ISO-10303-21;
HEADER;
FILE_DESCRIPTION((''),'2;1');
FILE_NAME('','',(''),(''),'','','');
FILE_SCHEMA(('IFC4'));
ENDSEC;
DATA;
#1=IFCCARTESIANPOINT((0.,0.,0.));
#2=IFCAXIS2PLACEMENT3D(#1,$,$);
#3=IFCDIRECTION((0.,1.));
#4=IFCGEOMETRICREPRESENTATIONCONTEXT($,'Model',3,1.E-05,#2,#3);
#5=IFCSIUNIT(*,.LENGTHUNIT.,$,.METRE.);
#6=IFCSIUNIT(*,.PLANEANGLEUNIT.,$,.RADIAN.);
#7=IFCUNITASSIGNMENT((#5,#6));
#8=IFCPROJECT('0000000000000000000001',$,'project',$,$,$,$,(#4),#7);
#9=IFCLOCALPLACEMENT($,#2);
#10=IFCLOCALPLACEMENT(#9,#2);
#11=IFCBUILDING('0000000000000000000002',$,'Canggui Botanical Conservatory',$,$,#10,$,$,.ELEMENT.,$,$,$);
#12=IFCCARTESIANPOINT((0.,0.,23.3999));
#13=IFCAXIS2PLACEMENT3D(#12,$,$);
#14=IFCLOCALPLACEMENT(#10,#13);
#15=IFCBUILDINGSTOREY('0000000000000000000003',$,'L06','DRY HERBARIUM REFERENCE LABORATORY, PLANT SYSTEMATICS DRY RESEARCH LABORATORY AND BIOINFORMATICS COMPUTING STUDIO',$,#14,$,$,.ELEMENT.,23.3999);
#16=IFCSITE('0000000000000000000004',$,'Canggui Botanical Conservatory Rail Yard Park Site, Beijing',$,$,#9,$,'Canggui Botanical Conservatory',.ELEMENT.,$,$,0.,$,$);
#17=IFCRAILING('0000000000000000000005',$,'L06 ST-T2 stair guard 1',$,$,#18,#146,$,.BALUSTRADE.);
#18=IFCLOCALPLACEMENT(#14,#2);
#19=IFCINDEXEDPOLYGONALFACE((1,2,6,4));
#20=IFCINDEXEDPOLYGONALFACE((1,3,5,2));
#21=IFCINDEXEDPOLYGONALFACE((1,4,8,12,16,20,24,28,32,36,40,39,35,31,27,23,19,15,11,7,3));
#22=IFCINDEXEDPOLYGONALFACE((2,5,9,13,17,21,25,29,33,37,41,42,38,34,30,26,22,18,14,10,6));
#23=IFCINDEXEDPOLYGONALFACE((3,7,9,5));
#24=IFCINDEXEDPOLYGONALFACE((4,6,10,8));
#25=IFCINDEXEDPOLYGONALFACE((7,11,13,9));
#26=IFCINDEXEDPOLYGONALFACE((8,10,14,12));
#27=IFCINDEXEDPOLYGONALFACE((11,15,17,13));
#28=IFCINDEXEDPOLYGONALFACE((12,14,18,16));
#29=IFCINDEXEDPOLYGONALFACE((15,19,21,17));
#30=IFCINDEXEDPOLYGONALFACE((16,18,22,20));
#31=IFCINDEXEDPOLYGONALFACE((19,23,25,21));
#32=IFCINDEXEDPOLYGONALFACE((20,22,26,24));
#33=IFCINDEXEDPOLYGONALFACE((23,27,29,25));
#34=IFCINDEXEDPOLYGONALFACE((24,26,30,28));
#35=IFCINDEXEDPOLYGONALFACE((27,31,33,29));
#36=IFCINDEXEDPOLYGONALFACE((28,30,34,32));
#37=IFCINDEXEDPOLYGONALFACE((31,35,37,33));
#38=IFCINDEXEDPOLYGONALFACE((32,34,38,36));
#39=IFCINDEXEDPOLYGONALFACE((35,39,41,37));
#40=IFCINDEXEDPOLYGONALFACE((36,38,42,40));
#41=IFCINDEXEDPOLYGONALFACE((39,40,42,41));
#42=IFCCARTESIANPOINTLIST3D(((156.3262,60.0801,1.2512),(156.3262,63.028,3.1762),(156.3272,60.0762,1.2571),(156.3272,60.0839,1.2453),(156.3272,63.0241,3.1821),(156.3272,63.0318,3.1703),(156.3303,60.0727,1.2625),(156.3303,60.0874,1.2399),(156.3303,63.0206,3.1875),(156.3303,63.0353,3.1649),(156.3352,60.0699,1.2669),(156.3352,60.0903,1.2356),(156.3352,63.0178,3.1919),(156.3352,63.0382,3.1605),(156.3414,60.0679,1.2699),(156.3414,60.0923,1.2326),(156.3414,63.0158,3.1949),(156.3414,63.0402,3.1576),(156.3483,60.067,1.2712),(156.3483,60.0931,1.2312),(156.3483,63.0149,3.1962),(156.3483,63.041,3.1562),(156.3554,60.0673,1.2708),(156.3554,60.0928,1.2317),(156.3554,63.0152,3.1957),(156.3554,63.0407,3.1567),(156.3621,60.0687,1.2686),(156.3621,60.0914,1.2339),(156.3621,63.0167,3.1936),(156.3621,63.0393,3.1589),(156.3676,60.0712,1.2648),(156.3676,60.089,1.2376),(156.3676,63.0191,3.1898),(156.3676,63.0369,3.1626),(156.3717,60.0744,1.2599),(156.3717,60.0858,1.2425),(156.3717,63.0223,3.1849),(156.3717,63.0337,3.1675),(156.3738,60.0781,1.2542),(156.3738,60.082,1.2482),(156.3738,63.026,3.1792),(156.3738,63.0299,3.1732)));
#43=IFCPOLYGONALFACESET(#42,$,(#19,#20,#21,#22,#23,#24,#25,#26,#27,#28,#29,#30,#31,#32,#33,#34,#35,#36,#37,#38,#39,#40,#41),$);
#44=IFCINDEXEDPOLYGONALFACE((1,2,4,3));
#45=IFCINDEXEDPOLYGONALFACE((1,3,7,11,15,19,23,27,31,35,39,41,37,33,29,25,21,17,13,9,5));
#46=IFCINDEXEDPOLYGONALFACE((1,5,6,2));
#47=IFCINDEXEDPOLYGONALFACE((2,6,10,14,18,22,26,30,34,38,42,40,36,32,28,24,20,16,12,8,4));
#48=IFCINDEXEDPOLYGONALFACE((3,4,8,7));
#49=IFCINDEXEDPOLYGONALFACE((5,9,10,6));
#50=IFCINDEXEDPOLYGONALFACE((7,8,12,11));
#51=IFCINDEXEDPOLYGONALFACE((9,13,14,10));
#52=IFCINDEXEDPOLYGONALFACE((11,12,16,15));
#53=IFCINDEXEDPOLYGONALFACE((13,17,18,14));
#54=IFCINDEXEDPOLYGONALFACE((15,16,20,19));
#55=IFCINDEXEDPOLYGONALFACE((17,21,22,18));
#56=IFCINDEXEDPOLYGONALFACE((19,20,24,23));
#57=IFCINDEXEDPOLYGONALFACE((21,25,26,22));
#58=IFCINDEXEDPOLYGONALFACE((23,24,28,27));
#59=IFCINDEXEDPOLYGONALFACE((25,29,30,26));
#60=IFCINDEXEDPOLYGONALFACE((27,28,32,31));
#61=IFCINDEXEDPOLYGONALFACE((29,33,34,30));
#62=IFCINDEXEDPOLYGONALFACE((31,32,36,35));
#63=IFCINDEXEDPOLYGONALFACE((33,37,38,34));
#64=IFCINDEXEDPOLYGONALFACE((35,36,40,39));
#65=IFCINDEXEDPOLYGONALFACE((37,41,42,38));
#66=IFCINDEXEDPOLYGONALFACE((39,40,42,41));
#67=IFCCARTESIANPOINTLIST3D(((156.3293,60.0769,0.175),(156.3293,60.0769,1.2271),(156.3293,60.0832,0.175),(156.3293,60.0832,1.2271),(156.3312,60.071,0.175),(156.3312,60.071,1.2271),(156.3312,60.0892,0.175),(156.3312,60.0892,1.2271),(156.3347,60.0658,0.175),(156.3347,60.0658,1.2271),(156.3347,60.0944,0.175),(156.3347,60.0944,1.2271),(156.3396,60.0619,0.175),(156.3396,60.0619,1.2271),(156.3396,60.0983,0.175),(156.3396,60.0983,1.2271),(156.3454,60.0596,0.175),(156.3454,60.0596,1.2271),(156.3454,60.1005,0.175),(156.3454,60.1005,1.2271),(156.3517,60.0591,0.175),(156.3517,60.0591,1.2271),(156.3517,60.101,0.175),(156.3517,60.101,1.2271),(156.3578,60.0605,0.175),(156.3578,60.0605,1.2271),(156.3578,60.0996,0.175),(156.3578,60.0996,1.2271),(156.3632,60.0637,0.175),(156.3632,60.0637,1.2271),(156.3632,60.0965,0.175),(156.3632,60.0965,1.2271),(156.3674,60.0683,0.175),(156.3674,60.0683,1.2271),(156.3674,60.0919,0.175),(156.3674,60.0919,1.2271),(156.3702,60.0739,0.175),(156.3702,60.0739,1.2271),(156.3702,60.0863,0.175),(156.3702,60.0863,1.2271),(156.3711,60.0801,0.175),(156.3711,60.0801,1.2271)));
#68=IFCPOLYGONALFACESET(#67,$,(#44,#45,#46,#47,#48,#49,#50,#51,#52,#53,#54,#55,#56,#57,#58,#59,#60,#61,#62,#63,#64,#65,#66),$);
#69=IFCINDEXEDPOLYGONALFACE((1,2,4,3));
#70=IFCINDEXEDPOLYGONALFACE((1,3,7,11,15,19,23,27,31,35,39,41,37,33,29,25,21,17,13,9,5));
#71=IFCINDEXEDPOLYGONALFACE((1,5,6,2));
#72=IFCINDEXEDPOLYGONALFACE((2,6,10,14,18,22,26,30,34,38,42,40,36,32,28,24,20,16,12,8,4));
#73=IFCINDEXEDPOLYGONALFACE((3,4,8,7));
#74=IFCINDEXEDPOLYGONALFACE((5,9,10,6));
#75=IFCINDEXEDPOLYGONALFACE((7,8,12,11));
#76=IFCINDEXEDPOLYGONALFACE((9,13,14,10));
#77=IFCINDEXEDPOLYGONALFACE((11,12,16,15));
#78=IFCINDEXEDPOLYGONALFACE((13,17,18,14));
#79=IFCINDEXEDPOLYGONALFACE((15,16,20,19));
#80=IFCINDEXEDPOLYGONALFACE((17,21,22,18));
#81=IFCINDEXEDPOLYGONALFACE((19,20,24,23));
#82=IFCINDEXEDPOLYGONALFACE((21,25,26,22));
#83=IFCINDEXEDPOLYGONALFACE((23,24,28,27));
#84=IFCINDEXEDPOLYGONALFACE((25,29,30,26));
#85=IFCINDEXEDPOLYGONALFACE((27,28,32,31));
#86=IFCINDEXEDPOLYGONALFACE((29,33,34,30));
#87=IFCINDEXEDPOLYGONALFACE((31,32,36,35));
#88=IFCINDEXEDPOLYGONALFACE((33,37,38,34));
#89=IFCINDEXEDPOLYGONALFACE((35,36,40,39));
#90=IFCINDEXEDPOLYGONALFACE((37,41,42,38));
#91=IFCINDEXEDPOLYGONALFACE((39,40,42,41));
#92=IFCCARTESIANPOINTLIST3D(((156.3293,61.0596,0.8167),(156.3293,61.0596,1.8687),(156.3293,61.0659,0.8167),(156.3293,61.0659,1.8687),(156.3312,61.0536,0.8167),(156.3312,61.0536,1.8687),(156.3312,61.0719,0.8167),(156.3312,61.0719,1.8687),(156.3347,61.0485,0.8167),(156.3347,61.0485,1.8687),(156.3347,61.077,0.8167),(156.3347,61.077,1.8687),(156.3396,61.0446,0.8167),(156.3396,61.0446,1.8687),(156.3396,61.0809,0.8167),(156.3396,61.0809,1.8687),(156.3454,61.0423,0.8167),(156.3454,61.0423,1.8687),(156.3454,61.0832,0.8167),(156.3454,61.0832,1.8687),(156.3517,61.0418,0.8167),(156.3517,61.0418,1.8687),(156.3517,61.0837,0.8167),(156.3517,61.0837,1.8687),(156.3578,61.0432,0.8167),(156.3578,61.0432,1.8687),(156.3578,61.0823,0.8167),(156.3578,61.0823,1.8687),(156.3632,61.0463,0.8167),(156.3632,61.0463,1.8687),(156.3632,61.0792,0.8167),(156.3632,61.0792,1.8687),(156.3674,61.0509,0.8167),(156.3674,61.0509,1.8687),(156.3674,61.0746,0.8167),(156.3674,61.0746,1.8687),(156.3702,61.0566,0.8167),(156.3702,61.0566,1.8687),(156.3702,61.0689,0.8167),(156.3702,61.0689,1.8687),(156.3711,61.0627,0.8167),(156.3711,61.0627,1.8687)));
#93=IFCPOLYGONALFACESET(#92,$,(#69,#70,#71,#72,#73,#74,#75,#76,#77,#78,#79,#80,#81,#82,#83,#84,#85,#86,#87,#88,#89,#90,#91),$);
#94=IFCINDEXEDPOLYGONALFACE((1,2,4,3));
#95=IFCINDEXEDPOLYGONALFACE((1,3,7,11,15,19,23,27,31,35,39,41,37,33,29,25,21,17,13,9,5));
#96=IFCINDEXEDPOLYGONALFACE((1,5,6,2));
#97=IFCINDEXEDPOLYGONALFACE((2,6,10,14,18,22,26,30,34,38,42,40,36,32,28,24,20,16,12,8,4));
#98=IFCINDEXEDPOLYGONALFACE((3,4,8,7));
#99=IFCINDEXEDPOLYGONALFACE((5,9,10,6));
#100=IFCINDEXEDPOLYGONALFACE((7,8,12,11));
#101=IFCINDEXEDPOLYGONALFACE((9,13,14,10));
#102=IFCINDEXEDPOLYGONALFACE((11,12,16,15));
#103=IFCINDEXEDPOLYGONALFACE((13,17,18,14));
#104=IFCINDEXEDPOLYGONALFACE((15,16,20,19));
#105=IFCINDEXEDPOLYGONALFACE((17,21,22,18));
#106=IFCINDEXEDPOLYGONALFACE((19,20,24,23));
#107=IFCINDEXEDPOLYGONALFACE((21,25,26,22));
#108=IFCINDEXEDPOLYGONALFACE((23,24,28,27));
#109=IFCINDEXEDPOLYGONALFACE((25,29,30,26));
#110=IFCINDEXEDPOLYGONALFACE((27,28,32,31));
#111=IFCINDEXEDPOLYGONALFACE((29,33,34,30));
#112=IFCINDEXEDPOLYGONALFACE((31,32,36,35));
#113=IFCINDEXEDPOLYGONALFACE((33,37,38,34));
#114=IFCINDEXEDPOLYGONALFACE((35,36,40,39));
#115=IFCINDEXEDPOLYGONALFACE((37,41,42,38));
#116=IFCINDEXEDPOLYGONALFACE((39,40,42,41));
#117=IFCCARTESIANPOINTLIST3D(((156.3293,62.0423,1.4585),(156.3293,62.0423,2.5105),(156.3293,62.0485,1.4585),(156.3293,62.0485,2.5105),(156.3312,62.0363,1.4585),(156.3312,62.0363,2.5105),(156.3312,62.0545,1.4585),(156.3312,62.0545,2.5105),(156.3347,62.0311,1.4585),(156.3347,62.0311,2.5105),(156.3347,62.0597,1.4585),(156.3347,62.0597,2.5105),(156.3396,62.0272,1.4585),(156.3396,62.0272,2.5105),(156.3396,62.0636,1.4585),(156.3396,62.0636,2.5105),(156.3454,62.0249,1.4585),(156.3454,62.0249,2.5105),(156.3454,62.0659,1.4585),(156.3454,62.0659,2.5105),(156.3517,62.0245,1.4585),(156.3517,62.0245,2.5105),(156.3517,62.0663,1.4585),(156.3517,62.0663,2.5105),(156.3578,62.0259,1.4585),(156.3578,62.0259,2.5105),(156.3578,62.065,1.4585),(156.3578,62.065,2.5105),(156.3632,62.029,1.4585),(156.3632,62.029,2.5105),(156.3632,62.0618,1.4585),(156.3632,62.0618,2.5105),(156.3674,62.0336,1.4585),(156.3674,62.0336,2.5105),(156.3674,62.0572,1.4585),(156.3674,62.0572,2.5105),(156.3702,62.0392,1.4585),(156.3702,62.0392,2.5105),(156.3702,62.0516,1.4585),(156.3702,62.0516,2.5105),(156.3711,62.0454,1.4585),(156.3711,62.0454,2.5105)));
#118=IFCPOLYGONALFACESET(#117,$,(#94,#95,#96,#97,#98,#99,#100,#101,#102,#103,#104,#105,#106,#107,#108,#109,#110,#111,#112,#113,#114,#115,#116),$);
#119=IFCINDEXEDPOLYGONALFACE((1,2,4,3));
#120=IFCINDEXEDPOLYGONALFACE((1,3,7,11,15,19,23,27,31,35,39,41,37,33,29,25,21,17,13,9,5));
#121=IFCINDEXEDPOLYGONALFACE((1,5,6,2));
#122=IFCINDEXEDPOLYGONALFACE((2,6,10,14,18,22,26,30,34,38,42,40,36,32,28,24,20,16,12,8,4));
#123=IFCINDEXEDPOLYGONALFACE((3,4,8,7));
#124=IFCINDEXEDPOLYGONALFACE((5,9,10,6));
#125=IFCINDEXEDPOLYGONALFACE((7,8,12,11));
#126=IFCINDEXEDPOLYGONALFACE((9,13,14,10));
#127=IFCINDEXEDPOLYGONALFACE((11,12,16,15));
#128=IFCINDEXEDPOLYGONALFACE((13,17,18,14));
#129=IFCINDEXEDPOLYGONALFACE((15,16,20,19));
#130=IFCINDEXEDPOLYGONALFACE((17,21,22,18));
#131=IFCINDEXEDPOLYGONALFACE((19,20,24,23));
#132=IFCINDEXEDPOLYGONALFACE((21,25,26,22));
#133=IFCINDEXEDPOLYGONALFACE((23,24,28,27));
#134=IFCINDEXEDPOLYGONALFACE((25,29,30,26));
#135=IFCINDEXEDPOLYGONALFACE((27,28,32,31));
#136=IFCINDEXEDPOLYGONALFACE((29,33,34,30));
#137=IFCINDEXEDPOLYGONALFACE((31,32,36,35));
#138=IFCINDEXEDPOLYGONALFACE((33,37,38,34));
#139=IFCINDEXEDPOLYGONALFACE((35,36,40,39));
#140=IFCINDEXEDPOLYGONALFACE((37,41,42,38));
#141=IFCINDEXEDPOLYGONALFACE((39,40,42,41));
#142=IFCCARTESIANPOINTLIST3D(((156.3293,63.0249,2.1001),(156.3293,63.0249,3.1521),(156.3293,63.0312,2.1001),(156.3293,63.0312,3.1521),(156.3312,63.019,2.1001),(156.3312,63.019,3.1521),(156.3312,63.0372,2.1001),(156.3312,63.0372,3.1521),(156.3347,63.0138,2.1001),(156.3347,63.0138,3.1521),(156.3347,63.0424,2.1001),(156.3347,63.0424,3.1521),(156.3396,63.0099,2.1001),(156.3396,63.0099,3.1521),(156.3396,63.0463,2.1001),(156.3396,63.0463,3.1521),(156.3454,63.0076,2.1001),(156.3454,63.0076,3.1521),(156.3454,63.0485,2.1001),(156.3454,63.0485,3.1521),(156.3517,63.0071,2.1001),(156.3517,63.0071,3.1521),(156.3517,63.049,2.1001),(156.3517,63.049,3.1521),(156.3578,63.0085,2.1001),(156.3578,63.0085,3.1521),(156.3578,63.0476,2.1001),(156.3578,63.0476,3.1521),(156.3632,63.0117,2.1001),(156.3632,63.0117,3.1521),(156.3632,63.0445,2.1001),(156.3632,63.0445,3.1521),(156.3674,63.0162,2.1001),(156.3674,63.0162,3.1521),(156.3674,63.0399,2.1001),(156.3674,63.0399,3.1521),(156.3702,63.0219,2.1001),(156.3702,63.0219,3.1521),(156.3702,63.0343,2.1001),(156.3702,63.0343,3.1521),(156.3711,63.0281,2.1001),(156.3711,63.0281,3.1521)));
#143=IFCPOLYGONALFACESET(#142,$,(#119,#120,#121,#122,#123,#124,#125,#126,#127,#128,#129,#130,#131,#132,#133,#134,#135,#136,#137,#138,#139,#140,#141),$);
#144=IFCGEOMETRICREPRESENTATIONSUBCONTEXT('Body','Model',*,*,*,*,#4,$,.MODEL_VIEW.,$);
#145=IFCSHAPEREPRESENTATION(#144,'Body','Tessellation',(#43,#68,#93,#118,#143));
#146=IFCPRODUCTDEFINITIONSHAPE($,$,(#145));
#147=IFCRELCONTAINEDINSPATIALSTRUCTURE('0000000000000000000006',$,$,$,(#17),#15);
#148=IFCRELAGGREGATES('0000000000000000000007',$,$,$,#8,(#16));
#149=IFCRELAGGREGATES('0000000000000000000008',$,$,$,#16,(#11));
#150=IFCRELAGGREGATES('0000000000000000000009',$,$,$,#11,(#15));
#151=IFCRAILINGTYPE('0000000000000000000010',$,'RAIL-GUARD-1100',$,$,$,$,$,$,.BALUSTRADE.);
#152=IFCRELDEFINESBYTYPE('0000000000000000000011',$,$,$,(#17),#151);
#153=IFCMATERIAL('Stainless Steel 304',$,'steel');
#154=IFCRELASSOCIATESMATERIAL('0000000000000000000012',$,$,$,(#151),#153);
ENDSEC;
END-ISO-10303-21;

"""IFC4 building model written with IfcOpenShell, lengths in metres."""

from ifc_helpers import new_model, si_unit, direction, frame, origin, origin_2d, place, context, subcontext, project, spatial, circle, extrude, material, type_object, element, save


model = new_model("IFC4")

# Units and contexts
model_context = context("Model", 3, precision=1e-05, world=origin(), true_north=direction((0.0, 1.0)))
body_context = subcontext(model_context, "Body", "Model", "MODEL_VIEW")
ifc_project = project(units=[si_unit("LENGTHUNIT", "METRE"), si_unit("PLANEANGLEUNIT", "RADIAN")], contexts=[model_context])

# Site, building, storey
site_placement = place(None, origin())
site = spatial("IfcSite", under=ifc_project, at=site_placement, Name="Canggui Botanical Conservatory Rail Yard Park Site, Beijing", LongName="Canggui Botanical Conservatory", CompositionType="ELEMENT", RefElevation=0.0)
building_placement = place(site_placement, origin())
building = spatial("IfcBuilding", under=site, at=building_placement, Name="Canggui Botanical Conservatory", CompositionType="ELEMENT")
storey_placement = place(building_placement, frame((0.0, 0.0, 23.3999)))
storey = spatial("IfcBuildingStorey", under=building, at=storey_placement, Name="L06", Description="DRY HERBARIUM REFERENCE LABORATORY, PLANT SYSTEMATICS DRY RESEARCH LABORATORY AND BIOINFORMATICS COMPUTING STUDIO", CompositionType="ELEMENT", Elevation=23.3999)

# Railing
ifc_material_1 = material(Name="Stainless Steel 304", Category="steel")
railing_type_1 = type_object("IfcRailingType", Name="RAIL-GUARD-1100", PredefinedType="BALUSTRADE", material=ifc_material_1)
railing_1_placement = place(storey_placement, frame((156.3501, 60.0801, 0.175)))
element("IfcRailing", 1, at=railing_1_placement, inside=storey, type_object=railing_type_1, Name="L06 ST-T2 stair guard 1", PredefinedType="BALUSTRADE", context=body_context, shape_type="SweptSolid", body=[
    extrude(circle(Radius=0.0239, at=origin_2d()), frame((0.0, 0.0, 1.0762), z_axis=(0.0, 0.837293, 0.546754), x_axis=(-1.0, 0.0, 0.0)), (0.0, 0.0, 1.0), 3.5208),
    extrude(circle(Radius=0.021, at=origin_2d()), origin(), (0.0, 0.0, 1.0), 1.052),
    extrude(circle(Radius=0.021, at=origin_2d()), frame((0.0, 0.9827, 0.6416)), (0.0, 0.0, 1.0), 1.052),
    extrude(circle(Radius=0.021, at=origin_2d()), frame((0.0, 1.9653, 1.2834)), (0.0, 0.0, 1.0), 1.052),
    extrude(circle(Radius=0.021, at=origin_2d()), frame((0.0, 2.948, 1.925)), (0.0, 0.0, 1.0), 1.052),
])

save(model, "model.ifc")
